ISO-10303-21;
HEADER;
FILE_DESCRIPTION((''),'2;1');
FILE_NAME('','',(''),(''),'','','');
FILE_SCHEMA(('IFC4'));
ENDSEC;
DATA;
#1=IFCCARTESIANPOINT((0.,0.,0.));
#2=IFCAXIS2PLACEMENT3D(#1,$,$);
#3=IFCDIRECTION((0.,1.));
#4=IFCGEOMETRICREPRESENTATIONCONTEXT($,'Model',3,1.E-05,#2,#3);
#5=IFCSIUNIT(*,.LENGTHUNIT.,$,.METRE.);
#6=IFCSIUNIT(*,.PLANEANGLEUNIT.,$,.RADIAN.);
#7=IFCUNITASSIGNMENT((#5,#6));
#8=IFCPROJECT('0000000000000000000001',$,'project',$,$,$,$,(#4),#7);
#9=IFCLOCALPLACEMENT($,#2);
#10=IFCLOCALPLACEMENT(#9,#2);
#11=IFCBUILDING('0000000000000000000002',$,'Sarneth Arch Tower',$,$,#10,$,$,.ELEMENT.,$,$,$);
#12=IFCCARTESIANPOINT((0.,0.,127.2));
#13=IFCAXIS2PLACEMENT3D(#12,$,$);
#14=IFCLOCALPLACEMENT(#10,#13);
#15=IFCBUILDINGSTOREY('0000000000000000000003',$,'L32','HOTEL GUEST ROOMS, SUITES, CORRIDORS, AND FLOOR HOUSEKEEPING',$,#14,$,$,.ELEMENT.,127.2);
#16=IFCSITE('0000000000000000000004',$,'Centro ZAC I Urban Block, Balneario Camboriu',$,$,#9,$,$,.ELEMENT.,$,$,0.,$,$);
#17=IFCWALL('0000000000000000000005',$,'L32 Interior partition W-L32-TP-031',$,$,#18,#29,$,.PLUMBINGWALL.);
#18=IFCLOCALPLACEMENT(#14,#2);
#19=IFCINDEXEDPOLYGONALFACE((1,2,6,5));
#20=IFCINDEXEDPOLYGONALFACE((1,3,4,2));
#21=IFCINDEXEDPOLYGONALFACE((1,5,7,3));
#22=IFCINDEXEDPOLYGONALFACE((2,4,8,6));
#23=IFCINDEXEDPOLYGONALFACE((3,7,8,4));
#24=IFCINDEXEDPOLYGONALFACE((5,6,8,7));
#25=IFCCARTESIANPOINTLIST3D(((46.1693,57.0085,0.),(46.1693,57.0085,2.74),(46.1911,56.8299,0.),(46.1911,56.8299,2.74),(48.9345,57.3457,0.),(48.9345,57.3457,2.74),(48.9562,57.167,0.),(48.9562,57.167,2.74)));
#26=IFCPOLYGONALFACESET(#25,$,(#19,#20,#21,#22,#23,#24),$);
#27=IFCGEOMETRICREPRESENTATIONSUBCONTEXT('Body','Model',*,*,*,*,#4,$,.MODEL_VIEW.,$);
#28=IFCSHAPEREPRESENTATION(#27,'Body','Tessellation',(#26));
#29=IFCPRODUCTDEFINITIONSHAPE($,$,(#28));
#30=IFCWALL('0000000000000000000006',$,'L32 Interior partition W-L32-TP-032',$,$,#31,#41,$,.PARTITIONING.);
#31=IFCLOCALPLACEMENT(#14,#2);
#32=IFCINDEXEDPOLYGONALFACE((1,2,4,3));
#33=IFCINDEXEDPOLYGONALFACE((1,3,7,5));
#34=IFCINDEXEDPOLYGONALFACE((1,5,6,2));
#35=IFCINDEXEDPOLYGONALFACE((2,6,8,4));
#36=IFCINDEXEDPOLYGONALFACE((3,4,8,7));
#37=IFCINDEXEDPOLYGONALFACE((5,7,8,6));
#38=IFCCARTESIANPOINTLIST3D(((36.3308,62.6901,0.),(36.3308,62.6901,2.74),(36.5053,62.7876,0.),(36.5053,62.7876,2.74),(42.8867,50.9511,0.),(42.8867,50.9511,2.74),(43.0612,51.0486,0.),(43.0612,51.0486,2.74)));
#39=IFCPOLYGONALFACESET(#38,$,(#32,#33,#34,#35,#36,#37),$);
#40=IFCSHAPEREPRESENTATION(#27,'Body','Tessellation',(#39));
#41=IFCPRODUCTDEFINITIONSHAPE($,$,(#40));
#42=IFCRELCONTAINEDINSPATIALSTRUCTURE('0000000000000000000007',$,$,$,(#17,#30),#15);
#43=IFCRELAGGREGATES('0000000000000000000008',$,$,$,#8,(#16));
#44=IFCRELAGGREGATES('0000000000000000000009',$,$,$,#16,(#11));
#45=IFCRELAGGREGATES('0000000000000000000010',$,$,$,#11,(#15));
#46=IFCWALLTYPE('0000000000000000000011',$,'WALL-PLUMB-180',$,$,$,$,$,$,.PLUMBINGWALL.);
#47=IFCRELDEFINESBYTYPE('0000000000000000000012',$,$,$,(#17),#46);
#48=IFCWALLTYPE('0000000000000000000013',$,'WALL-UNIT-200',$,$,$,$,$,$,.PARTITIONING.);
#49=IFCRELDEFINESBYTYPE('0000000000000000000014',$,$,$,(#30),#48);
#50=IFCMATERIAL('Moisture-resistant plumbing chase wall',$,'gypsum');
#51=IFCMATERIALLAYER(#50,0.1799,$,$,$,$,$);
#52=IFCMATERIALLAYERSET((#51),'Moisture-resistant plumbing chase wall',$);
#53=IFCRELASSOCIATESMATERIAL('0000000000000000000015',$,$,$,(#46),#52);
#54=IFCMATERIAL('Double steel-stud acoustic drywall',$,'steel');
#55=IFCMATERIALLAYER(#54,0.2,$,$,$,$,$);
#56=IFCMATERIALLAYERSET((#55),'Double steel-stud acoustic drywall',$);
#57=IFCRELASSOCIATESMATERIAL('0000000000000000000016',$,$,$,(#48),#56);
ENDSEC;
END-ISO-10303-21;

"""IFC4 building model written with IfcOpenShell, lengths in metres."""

from ifc_helpers import new_model, si_unit, direction, frame, frame_2d, origin, place, context, subcontext, project, spatial, rectangle, extrude, material, layer, layer_set, type_object, element, save


model = new_model("IFC4")

# Units and contexts
model_context = context("Model", 3, precision=1e-05, world=origin(), true_north=direction((0.0, 1.0)))
body_context = subcontext(model_context, "Body", "Model", "MODEL_VIEW")
ifc_project = project(units=[si_unit("LENGTHUNIT", "METRE"), si_unit("PLANEANGLEUNIT", "RADIAN")], contexts=[model_context])

# Site, building, storey
site_placement = place(None, origin())
site = spatial("IfcSite", under=ifc_project, at=site_placement, Name="Centro ZAC I Urban Block, Balneario Camboriu", CompositionType="ELEMENT", RefElevation=0.0)
building_placement = place(site_placement, origin())
building = spatial("IfcBuilding", under=site, at=building_placement, Name="Sarneth Arch Tower", CompositionType="ELEMENT")
storey_placement = place(building_placement, frame((0.0, 0.0, 127.2)))
storey = spatial("IfcBuildingStorey", under=building, at=storey_placement, Name="L32", Description="HOTEL GUEST ROOMS, SUITES, CORRIDORS, AND FLOOR HOUSEKEEPING", CompositionType="ELEMENT", Elevation=127.2)

# Shared definitions
ifc_material_1 = material(Name="Moisture-resistant plumbing chase wall", Category="gypsum")
ifc_layer_1 = layer(ifc_material_1, 0.1799)
ifc_layer_set_1 = layer_set([ifc_layer_1], Name="Moisture-resistant plumbing chase wall")
wall_type_1 = type_object("IfcWallType", Name="WALL-PLUMB-180", PredefinedType="PLUMBINGWALL", material=ifc_layer_set_1)

# Walls
wall_1_placement = place(storey_placement, frame((46.1802, 56.9192, 0.0), z_axis=(0.0, 0.0, 1.0), x_axis=(0.992648, 0.121035, 0.0)))
element("IfcWall", 1, at=wall_1_placement, inside=storey, type_object=wall_type_1, Name="L32 Interior partition W-L32-TP-031", PredefinedType="PLUMBINGWALL", context=body_context, shape_type="SweptSolid", body=[
    extrude(rectangle(XDim=2.7856, YDim=0.1799, at=frame_2d((1.3928, 0.0))), origin(), (0.0, 0.0, 1.0), 2.74),
])
ifc_material_2 = material(Name="Double steel-stud acoustic drywall", Category="steel")
ifc_layer_2 = layer(ifc_material_2, 0.2)
ifc_layer_set_2 = layer_set([ifc_layer_2], Name="Double steel-stud acoustic drywall")
wall_type_2 = type_object("IfcWallType", Name="WALL-UNIT-200", PredefinedType="PARTITIONING", material=ifc_layer_set_2)
wall_2_placement = place(storey_placement, frame((42.9739, 51.0, 0.0), z_axis=(0.0, 0.0, 1.0), x_axis=(-0.487587, 0.873074, 0.0)))
element("IfcWall", 2, at=wall_2_placement, inside=storey, type_object=wall_type_2, Name="L32 Interior partition W-L32-TP-032", PredefinedType="PARTITIONING", context=body_context, shape_type="SweptSolid", body=[
    extrude(rectangle(XDim=13.4456, YDim=0.2, at=frame_2d((6.7227, 0.0))), origin(), (0.0, 0.0, 1.0), 2.74),
])

save(model, "model.ifc")
